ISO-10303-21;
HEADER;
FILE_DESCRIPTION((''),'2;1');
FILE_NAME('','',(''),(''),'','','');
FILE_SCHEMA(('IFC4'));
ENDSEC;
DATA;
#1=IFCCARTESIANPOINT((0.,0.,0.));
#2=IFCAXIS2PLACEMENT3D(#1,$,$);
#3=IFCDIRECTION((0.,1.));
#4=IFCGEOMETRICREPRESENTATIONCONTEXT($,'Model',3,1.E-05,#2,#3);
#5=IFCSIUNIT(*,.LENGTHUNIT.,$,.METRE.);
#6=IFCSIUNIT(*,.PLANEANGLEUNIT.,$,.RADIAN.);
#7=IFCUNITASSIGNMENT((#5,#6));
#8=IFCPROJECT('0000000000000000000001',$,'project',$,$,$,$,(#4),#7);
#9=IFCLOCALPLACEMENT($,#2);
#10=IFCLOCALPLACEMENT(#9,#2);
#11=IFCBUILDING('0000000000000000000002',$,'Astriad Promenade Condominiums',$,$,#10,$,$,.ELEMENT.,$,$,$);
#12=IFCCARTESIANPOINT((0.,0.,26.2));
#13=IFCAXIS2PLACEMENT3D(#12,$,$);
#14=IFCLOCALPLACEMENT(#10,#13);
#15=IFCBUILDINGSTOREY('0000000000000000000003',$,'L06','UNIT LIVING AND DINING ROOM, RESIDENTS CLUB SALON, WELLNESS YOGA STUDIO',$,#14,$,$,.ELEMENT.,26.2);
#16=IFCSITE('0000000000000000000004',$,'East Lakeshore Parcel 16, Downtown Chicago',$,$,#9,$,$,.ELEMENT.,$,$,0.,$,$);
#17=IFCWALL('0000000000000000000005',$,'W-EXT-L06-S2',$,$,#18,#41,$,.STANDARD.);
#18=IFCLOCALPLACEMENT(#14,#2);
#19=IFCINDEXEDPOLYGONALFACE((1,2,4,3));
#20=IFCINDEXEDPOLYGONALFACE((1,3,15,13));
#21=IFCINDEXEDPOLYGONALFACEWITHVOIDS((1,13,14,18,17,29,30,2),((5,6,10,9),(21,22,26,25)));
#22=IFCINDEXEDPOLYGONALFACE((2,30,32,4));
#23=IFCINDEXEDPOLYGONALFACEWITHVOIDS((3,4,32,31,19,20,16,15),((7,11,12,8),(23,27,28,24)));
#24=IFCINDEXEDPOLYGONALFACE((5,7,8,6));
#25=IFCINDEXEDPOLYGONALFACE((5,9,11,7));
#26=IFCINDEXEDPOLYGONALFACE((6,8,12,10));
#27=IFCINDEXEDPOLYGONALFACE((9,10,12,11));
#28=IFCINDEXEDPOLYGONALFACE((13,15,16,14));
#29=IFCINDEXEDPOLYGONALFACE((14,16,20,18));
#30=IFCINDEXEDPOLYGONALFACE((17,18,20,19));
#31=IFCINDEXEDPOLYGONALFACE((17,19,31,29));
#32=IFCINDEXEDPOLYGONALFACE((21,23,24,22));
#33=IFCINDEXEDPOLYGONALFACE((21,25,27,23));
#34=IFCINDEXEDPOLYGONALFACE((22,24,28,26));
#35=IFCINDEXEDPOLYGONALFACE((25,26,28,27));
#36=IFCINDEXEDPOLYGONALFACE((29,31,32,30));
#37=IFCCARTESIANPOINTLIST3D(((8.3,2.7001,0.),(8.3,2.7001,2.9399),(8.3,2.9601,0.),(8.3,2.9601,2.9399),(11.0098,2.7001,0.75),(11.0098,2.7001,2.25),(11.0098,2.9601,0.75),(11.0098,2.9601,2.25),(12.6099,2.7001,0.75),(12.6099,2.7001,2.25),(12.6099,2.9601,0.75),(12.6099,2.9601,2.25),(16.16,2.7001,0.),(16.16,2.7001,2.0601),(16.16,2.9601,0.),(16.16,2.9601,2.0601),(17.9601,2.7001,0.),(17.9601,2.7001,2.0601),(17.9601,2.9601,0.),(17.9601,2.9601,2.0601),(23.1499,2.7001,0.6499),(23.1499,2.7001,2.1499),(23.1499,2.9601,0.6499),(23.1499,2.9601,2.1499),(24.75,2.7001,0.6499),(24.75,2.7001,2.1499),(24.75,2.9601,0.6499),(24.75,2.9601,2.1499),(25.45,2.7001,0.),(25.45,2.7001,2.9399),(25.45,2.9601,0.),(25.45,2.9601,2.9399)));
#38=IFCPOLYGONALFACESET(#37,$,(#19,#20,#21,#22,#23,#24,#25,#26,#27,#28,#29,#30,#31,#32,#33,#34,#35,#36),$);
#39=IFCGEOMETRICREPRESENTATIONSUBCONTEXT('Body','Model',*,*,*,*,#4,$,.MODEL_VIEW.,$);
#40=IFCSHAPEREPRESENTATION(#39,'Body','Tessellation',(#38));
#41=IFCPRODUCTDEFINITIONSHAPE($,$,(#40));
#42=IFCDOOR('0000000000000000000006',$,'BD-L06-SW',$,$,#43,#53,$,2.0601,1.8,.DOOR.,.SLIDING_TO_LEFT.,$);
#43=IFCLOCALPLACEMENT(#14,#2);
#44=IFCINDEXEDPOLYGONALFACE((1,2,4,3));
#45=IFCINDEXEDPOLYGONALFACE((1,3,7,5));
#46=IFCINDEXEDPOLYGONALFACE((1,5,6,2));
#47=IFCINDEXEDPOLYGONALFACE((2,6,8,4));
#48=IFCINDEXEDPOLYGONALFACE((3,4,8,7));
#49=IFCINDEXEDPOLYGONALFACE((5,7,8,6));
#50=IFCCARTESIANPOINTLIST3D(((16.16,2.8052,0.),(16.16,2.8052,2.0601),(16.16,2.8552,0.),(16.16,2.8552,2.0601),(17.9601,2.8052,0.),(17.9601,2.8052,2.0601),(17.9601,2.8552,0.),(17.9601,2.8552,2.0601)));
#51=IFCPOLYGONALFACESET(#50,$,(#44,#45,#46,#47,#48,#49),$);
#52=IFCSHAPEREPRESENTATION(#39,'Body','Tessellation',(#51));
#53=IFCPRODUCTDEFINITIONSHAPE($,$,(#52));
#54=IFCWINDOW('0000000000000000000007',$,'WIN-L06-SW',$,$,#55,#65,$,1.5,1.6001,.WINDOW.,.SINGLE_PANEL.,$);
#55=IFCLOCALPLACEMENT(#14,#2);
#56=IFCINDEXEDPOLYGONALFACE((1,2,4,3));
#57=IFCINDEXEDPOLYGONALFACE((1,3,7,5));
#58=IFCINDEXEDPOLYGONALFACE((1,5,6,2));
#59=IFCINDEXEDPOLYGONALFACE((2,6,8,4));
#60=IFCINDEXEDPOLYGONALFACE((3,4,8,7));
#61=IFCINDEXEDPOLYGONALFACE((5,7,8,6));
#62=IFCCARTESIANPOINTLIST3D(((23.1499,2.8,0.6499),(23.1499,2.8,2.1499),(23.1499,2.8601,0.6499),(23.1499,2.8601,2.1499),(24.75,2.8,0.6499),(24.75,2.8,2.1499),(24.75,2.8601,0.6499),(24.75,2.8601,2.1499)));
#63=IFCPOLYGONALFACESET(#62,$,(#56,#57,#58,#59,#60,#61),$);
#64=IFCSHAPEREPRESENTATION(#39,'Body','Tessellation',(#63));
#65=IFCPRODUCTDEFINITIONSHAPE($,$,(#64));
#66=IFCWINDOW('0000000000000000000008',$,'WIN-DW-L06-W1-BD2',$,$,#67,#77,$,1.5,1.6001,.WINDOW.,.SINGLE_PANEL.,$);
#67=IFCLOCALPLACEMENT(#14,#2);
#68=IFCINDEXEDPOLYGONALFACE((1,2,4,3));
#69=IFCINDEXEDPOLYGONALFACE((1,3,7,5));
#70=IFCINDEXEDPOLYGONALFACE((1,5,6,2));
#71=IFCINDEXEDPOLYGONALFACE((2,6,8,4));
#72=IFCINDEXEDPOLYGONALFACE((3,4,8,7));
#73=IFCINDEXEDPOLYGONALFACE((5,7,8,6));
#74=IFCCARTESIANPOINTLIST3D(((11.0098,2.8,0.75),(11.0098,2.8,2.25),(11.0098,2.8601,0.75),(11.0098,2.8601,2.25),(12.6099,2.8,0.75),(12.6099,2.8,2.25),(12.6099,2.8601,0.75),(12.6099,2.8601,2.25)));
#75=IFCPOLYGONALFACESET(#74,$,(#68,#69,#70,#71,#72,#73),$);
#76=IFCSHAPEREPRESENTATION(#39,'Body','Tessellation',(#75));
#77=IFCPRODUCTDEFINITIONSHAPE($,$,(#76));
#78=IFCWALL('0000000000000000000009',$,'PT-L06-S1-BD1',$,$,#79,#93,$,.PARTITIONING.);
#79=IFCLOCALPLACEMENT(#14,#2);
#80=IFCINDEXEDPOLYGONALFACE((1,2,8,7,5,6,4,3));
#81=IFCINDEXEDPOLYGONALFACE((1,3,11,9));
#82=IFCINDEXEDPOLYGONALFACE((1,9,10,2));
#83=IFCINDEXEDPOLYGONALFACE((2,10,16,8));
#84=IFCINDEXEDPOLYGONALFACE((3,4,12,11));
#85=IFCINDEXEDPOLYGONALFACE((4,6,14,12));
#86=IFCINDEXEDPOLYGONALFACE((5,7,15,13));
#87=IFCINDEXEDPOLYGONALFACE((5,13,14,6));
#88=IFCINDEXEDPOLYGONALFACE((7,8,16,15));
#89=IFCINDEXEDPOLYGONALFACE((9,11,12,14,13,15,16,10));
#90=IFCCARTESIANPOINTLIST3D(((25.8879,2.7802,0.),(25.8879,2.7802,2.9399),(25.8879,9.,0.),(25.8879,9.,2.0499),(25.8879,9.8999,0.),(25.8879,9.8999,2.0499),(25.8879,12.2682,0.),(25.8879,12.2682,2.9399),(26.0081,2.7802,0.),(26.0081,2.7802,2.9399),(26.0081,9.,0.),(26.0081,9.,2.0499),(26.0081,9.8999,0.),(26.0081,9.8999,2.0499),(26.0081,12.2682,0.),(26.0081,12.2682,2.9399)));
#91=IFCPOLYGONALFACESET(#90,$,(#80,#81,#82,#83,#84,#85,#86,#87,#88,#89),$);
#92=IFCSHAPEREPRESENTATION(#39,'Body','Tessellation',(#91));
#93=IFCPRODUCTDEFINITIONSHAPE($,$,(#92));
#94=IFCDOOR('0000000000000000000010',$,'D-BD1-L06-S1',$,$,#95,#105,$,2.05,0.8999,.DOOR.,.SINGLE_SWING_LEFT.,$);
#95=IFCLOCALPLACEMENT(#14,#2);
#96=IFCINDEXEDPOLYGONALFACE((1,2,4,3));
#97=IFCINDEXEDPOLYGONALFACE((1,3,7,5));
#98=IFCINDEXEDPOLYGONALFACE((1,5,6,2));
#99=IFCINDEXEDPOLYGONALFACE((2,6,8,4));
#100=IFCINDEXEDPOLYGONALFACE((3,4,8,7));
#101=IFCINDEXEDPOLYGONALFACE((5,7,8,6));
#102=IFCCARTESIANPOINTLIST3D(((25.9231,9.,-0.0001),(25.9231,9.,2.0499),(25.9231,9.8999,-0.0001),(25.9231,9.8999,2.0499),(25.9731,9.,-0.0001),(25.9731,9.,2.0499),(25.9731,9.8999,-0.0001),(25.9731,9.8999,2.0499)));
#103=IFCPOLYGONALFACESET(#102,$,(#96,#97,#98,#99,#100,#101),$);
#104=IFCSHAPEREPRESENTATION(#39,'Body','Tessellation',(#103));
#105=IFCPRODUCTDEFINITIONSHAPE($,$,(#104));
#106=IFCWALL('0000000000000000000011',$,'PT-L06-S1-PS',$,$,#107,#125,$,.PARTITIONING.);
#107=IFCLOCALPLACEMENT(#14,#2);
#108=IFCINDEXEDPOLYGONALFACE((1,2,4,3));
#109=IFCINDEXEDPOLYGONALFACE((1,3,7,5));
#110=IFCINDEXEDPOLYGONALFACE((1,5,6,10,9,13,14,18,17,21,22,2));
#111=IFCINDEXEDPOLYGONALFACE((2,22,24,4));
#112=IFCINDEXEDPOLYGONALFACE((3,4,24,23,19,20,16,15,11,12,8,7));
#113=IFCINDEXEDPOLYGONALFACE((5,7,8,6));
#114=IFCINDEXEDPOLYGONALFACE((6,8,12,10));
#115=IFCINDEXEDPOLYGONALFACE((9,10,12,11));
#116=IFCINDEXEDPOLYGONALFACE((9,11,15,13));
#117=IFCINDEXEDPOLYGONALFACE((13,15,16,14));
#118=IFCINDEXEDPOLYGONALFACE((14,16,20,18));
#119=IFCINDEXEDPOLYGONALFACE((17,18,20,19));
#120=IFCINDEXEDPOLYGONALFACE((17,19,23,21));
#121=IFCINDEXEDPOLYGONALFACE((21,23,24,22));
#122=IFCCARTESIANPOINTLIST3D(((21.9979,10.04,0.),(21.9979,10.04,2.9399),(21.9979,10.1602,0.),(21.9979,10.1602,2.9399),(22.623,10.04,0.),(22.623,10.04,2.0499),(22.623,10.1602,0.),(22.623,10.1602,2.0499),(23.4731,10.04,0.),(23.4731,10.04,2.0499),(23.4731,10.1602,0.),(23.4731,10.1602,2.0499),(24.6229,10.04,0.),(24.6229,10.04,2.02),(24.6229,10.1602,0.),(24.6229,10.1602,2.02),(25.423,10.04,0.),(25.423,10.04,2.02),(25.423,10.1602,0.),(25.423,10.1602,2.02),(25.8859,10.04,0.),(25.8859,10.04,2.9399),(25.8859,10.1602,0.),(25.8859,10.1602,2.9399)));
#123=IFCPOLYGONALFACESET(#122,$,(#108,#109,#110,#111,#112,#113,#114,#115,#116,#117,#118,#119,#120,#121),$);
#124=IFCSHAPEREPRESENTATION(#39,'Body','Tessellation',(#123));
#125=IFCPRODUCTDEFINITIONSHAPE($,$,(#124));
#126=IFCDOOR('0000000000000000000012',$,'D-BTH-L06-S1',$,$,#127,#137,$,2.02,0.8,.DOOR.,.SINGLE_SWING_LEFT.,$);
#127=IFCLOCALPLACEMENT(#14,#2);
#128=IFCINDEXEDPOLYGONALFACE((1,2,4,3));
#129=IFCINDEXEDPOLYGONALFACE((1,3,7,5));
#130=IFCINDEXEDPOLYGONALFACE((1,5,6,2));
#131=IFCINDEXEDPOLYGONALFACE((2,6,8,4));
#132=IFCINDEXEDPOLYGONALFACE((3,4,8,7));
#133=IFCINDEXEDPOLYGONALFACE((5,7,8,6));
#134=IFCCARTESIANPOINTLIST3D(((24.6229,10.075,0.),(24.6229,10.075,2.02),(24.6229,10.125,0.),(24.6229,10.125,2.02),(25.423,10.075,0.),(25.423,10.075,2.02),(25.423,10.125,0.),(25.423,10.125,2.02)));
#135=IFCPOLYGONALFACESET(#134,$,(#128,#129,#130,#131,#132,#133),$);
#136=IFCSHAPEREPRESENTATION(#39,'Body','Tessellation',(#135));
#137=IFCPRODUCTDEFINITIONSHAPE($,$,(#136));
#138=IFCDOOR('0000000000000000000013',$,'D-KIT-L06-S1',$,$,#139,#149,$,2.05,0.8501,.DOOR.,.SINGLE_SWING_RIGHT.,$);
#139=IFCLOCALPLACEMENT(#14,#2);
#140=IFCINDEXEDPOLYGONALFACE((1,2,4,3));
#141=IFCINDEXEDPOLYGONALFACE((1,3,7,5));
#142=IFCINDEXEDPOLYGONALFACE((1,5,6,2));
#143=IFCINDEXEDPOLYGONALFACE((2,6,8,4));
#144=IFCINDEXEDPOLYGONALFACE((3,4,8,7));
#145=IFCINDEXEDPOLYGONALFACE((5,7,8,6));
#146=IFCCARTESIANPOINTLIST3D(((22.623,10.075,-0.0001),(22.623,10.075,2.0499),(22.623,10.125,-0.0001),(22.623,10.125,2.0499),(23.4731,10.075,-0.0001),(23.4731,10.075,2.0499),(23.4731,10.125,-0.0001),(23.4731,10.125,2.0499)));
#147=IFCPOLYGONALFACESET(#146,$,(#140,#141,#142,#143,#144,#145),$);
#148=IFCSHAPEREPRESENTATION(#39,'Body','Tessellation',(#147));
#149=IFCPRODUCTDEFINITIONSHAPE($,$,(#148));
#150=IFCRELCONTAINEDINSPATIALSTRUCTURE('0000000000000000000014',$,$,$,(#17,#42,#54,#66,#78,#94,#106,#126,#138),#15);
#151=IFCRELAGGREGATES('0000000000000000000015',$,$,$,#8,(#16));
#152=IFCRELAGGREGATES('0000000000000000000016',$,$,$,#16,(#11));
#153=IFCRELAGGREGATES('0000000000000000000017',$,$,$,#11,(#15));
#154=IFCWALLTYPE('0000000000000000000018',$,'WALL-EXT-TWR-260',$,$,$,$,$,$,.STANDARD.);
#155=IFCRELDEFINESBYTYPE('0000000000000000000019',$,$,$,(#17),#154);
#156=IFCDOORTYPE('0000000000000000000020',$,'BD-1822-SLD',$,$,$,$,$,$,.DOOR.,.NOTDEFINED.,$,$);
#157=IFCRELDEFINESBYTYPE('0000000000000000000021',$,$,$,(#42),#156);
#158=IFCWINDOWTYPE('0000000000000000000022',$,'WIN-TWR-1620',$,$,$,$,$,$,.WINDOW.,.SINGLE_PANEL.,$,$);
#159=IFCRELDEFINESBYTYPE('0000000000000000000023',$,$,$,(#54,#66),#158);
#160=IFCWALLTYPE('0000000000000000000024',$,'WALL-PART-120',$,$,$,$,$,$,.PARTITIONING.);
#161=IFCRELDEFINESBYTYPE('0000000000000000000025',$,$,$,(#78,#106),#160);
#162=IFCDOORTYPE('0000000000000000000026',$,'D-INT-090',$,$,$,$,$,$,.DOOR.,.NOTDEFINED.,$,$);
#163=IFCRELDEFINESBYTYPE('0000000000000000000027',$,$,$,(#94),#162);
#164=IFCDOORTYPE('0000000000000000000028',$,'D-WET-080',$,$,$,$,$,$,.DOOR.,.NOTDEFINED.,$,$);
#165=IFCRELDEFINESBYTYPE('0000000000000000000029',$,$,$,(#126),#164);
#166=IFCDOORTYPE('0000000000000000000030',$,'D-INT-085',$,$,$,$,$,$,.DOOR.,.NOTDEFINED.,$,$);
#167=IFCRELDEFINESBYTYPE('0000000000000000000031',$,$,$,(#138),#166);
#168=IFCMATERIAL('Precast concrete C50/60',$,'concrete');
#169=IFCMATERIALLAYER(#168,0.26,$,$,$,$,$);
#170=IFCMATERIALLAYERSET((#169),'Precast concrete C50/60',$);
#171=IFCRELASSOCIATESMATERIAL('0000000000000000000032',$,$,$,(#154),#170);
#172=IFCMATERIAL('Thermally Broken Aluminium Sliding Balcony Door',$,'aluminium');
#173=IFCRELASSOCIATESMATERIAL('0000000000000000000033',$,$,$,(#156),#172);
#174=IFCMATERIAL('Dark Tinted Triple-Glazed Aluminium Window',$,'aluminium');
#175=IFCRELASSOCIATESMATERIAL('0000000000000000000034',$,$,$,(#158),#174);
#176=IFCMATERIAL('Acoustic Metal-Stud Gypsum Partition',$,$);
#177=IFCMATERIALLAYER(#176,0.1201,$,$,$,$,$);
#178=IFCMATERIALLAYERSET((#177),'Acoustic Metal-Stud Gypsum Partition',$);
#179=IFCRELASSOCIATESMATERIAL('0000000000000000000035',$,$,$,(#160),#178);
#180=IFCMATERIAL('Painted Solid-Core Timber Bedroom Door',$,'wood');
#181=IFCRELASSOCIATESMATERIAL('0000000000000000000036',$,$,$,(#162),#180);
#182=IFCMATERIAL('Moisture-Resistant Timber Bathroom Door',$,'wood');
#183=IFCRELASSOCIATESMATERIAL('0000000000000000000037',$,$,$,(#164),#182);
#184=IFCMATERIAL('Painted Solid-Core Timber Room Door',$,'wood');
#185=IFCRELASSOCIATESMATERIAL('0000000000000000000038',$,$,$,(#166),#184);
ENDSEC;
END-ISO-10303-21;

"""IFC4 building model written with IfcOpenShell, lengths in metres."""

from ifc_helpers import new_model, si_unit, direction, frame, frame_2d, origin, place, context, subcontext, project, spatial, rectangle, extrude, source, transform, mapped, material, layer, layer_set, type_object, type_shapes, element, fill, save


model = new_model("IFC4")

# Units and contexts
model_context = context("Model", 3, precision=1e-05, world=origin(), true_north=direction((0.0, 1.0)))
body_context = subcontext(model_context, "Body", "Model", "MODEL_VIEW")
ifc_project = project(units=[si_unit("LENGTHUNIT", "METRE"), si_unit("PLANEANGLEUNIT", "RADIAN")], contexts=[model_context])

# Site, building, storey
site_placement = place(None, origin())
site = spatial("IfcSite", under=ifc_project, at=site_placement, Name="East Lakeshore Parcel 16, Downtown Chicago", CompositionType="ELEMENT", RefElevation=0.0)
building_placement = place(site_placement, origin())
building = spatial("IfcBuilding", under=site, at=building_placement, Name="Astriad Promenade Condominiums", CompositionType="ELEMENT")
storey_placement = place(building_placement, frame((0.0, 0.0, 26.2)))
storey = spatial("IfcBuildingStorey", under=building, at=storey_placement, Name="L06", Description="UNIT LIVING AND DINING ROOM, RESIDENTS CLUB SALON, WELLNESS YOGA STUDIO", CompositionType="ELEMENT", Elevation=26.2)

# Wall, openings, door, windows
ifc_material_1 = material(Name="Precast concrete C50/60", Category="concrete")
ifc_layer_1 = layer(ifc_material_1, 0.26)
ifc_layer_set_1 = layer_set([ifc_layer_1], Name="Precast concrete C50/60")
wall_type_1 = type_object("IfcWallType", Name="WALL-EXT-TWR-260", PredefinedType="STANDARD", material=ifc_layer_set_1)
wall_1_placement = place(storey_placement, frame((25.45, 2.8301, 0.0), z_axis=(0.0, 0.0, 1.0), x_axis=(-1.0, 0.0, 0.0)))
wall_1 = element("IfcWall", 1, at=wall_1_placement, inside=storey, type_object=wall_type_1, Name="W-EXT-L06-S2", PredefinedType="STANDARD", context=body_context, shape_type="SweptSolid", body=[
    extrude(rectangle(XDim=17.1499, YDim=0.26, at=frame_2d((8.575, 0.0))), origin(), (0.0, 0.0, 1.0), 2.9399),
])
opening_1_placement = place(wall_1_placement, frame((7.49, 0.0, 0.0)))
opening_1 = element("IfcOpeningElement", 2, at=opening_1_placement, cuts=wall_1, PredefinedType="OPENING", context=body_context, shape_type="SweptSolid", body=[
    extrude(rectangle(XDim=1.8, YDim=2.0601, at=frame_2d((0.8999, 1.03))), frame((0.0, 0.1399, 0.0), z_axis=(0.0, -1.0, 0.0), x_axis=(1.0, 0.0, 0.0)), (0.0, 0.0, 1.0), 0.28),
])
opening_2_placement = place(wall_1_placement, frame((0.7, 0.0, 0.6499)))
opening_2 = element("IfcOpeningElement", 3, at=opening_2_placement, cuts=wall_1, PredefinedType="OPENING", context=body_context, shape_type="SweptSolid", body=[
    extrude(rectangle(XDim=1.6001, YDim=1.5, at=frame_2d((0.8, 0.75))), frame((0.0, 0.1399, 0.0), z_axis=(0.0, -1.0, 0.0), x_axis=(1.0, 0.0, 0.0)), (0.0, 0.0, 1.0), 0.28),
])
opening_3_placement = place(wall_1_placement, frame((12.8401, 0.0, 0.75)))
opening_3 = element("IfcOpeningElement", 4, at=opening_3_placement, cuts=wall_1, PredefinedType="OPENING", context=body_context, shape_type="SweptSolid", body=[
    extrude(rectangle(XDim=1.6001, YDim=1.5, at=frame_2d((0.8, 0.75))), frame((0.0, 0.1399, 0.0), z_axis=(0.0, -1.0, 0.0), x_axis=(1.0, 0.0, 0.0)), (0.0, 0.0, 1.0), 0.28),
])
ifc_material_2 = material(Name="Thermally Broken Aluminium Sliding Balcony Door", Category="aluminium")
door_type_1 = type_object("IfcDoorType", Name="BD-1822-SLD", OperationType="NOTDEFINED", PredefinedType="DOOR", material=ifc_material_2)
shared_shape_1 = source(origin(), body_context, "Body", "SweptSolid", [
    extrude(rectangle(XDim=1.8, YDim=2.0601, at=frame_2d((0.8999, 1.03))), frame((0.0, 0.0249, 0.0), z_axis=(0.0, -1.0, 0.0), x_axis=(1.0, 0.0, 0.0)), (0.0, 0.0, 1.0), 0.05),
])
type_shapes(door_type_1, [shared_shape_1])
door_1_placement = place(opening_1_placement, origin())
door_1 = element("IfcDoor", 5, at=door_1_placement, inside=storey, type_object=door_type_1, Name="BD-L06-SW", OperationType="SLIDING_TO_LEFT", OverallHeight=2.0601, OverallWidth=1.8, PredefinedType="DOOR", context=body_context, shape_type="MappedRepresentation", body=[
    mapped(shared_shape_1, transform((0.0, 0.0, 0.0), scale=1.0)),
])
fill(opening_1, door_1)
ifc_material_3 = material(Name="Dark Tinted Triple-Glazed Aluminium Window", Category="aluminium")
window_type = type_object("IfcWindowType", Name="WIN-TWR-1620", PartitioningType="SINGLE_PANEL", PredefinedType="WINDOW", material=ifc_material_3)
shared_shape_2 = source(origin(), body_context, "Body", "SweptSolid", [
    extrude(rectangle(XDim=1.6001, YDim=1.5, at=frame_2d((0.8, 0.75))), frame((0.0, 0.03, 0.0), z_axis=(0.0, -1.0, 0.0), x_axis=(1.0, 0.0, 0.0)), (0.0, 0.0, 1.0), 0.0601),
])
type_shapes(window_type, [shared_shape_2])
window_1_placement = place(opening_2_placement, origin())
window_1 = element("IfcWindow", 6, at=window_1_placement, inside=storey, type_object=window_type, Name="WIN-L06-SW", OverallHeight=1.5, OverallWidth=1.6001, PartitioningType="SINGLE_PANEL", PredefinedType="WINDOW", context=body_context, shape_type="MappedRepresentation", body=[
    mapped(shared_shape_2, transform((0.0, 0.0, 0.0), scale=1.0)),
])
fill(opening_2, window_1)
window_2_placement = place(opening_3_placement, origin())
window_2 = element("IfcWindow", 7, at=window_2_placement, inside=storey, type_object=window_type, Name="WIN-DW-L06-W1-BD2", OverallHeight=1.5, OverallWidth=1.6001, PartitioningType="SINGLE_PANEL", PredefinedType="WINDOW", context=body_context, shape_type="MappedRepresentation", body=[
    mapped(shared_shape_2, transform((0.0, 0.0, 0.0), scale=1.0)),
])
fill(opening_3, window_2)

# Wall, opening, door
ifc_material_4 = material(Name="Acoustic Metal-Stud Gypsum Partition")
ifc_layer_2 = layer(ifc_material_4, 0.1201)
ifc_layer_set_2 = layer_set([ifc_layer_2], Name="Acoustic Metal-Stud Gypsum Partition")
wall_type_2 = type_object("IfcWallType", Name="WALL-PART-120", PredefinedType="PARTITIONING", material=ifc_layer_set_2)
wall_2_placement = place(storey_placement, frame((25.948, 2.78, 0.0), z_axis=(0.0, 0.0, 1.0), x_axis=(0.0, 1.0, 0.0)))
wall_2 = element("IfcWall", 8, at=wall_2_placement, inside=storey, type_object=wall_type_2, Name="PT-L06-S1-BD1", PredefinedType="PARTITIONING", context=body_context, shape_type="SweptSolid", body=[
    extrude(rectangle(XDim=9.488, YDim=0.1201, at=frame_2d((4.7441, 0.0))), origin(), (0.0, 0.0, 1.0), 2.9399),
])
opening_4_placement = place(wall_2_placement, frame((6.22, 0.0, 0.0)))
opening_4 = element("IfcOpeningElement", 9, at=opening_4_placement, cuts=wall_2, PredefinedType="OPENING", context=body_context, shape_type="SweptSolid", body=[
    extrude(rectangle(XDim=0.8999, YDim=2.05, at=frame_2d((0.45, 1.0249))), frame((0.0, 0.0701, 0.0), z_axis=(0.0, -1.0, 0.0), x_axis=(1.0, 0.0, 0.0)), (0.0, 0.0, 1.0), 0.1401),
])
ifc_material_5 = material(Name="Painted Solid-Core Timber Bedroom Door", Category="wood")
door_type_2 = type_object("IfcDoorType", Name="D-INT-090", OperationType="NOTDEFINED", PredefinedType="DOOR", material=ifc_material_5)
shared_shape_3 = source(origin(), body_context, "Body", "SweptSolid", [
    extrude(rectangle(XDim=0.8999, YDim=2.05, at=frame_2d((0.45, 1.0249))), frame((0.0, 0.0249, 0.0), z_axis=(0.0, -1.0, 0.0), x_axis=(1.0, 0.0, 0.0)), (0.0, 0.0, 1.0), 0.05),
])
type_shapes(door_type_2, [shared_shape_3])
door_2_placement = place(opening_4_placement, origin())
door_2 = element("IfcDoor", 10, at=door_2_placement, inside=storey, type_object=door_type_2, Name="D-BD1-L06-S1", OperationType="SINGLE_SWING_LEFT", OverallHeight=2.05, OverallWidth=0.8999, PredefinedType="DOOR", context=body_context, shape_type="MappedRepresentation", body=[
    mapped(shared_shape_3, transform((0.0, 0.0, 0.0), scale=1.0)),
])
fill(opening_4, door_2)

# Wall, openings, doors
wall_3_placement = place(storey_placement, frame((21.998, 10.1001, 0.0), z_axis=(0.0, 0.0, 1.0), x_axis=(1.0, 0.0, 0.0)))
wall_3 = element("IfcWall", 11, at=wall_3_placement, inside=storey, type_object=wall_type_2, Name="PT-L06-S1-PS", PredefinedType="PARTITIONING", context=body_context, shape_type="SweptSolid", body=[
    extrude(rectangle(XDim=3.8879, YDim=0.1201, at=frame_2d((1.9438, 0.0))), origin(), (0.0, 0.0, 1.0), 2.9399),
])
opening_5_placement = place(wall_3_placement, frame((0.625, 0.0, 0.0)))
opening_5 = element("IfcOpeningElement", 12, at=opening_5_placement, cuts=wall_3, PredefinedType="OPENING", context=body_context, shape_type="SweptSolid", body=[
    extrude(rectangle(XDim=0.8501, YDim=2.05, at=frame_2d((0.425, 1.0249))), frame((0.0, 0.0701, 0.0), z_axis=(0.0, -1.0, 0.0), x_axis=(1.0, 0.0, 0.0)), (0.0, 0.0, 1.0), 0.1401),
])
opening_6_placement = place(wall_3_placement, frame((2.625, 0.0, 0.0)))
opening_6 = element("IfcOpeningElement", 13, at=opening_6_placement, cuts=wall_3, PredefinedType="OPENING", context=body_context, shape_type="SweptSolid", body=[
    extrude(rectangle(XDim=0.8, YDim=2.02, at=frame_2d((0.3999, 1.01))), frame((0.0, 0.0701, 0.0), z_axis=(0.0, -1.0, 0.0), x_axis=(1.0, 0.0, 0.0)), (0.0, 0.0, 1.0), 0.1401),
])
ifc_material_6 = material(Name="Moisture-Resistant Timber Bathroom Door", Category="wood")
door_type_3 = type_object("IfcDoorType", Name="D-WET-080", OperationType="NOTDEFINED", PredefinedType="DOOR", material=ifc_material_6)
shared_shape_4 = source(origin(), body_context, "Body", "SweptSolid", [
    extrude(rectangle(XDim=0.8, YDim=2.02, at=frame_2d((0.3999, 1.01))), frame((0.0, 0.0249, 0.0), z_axis=(0.0, -1.0, 0.0), x_axis=(1.0, 0.0, 0.0)), (0.0, 0.0, 1.0), 0.05),
])
type_shapes(door_type_3, [shared_shape_4])
door_3_placement = place(opening_6_placement, origin())
door_3 = element("IfcDoor", 14, at=door_3_placement, inside=storey, type_object=door_type_3, Name="D-BTH-L06-S1", OperationType="SINGLE_SWING_LEFT", OverallHeight=2.02, OverallWidth=0.8, PredefinedType="DOOR", context=body_context, shape_type="MappedRepresentation", body=[
    mapped(shared_shape_4, transform((0.0, 0.0, 0.0), scale=1.0)),
])
fill(opening_6, door_3)
ifc_material_7 = material(Name="Painted Solid-Core Timber Room Door", Category="wood")
door_type_4 = type_object("IfcDoorType", Name="D-INT-085", OperationType="NOTDEFINED", PredefinedType="DOOR", material=ifc_material_7)
shared_shape_5 = source(origin(), body_context, "Body", "SweptSolid", [
    extrude(rectangle(XDim=0.8501, YDim=2.05, at=frame_2d((0.425, 1.0249))), frame((0.0, 0.0249, 0.0), z_axis=(0.0, -1.0, 0.0), x_axis=(1.0, 0.0, 0.0)), (0.0, 0.0, 1.0), 0.05),
])
type_shapes(door_type_4, [shared_shape_5])
door_4_placement = place(opening_5_placement, origin())
door_4 = element("IfcDoor", 15, at=door_4_placement, inside=storey, type_object=door_type_4, Name="D-KIT-L06-S1", OperationType="SINGLE_SWING_RIGHT", OverallHeight=2.05, OverallWidth=0.8501, PredefinedType="DOOR", context=body_context, shape_type="MappedRepresentation", body=[
    mapped(shared_shape_5, transform((0.0, 0.0, 0.0), scale=1.0)),
])
fill(opening_5, door_4)

save(model, "model.ifc")
